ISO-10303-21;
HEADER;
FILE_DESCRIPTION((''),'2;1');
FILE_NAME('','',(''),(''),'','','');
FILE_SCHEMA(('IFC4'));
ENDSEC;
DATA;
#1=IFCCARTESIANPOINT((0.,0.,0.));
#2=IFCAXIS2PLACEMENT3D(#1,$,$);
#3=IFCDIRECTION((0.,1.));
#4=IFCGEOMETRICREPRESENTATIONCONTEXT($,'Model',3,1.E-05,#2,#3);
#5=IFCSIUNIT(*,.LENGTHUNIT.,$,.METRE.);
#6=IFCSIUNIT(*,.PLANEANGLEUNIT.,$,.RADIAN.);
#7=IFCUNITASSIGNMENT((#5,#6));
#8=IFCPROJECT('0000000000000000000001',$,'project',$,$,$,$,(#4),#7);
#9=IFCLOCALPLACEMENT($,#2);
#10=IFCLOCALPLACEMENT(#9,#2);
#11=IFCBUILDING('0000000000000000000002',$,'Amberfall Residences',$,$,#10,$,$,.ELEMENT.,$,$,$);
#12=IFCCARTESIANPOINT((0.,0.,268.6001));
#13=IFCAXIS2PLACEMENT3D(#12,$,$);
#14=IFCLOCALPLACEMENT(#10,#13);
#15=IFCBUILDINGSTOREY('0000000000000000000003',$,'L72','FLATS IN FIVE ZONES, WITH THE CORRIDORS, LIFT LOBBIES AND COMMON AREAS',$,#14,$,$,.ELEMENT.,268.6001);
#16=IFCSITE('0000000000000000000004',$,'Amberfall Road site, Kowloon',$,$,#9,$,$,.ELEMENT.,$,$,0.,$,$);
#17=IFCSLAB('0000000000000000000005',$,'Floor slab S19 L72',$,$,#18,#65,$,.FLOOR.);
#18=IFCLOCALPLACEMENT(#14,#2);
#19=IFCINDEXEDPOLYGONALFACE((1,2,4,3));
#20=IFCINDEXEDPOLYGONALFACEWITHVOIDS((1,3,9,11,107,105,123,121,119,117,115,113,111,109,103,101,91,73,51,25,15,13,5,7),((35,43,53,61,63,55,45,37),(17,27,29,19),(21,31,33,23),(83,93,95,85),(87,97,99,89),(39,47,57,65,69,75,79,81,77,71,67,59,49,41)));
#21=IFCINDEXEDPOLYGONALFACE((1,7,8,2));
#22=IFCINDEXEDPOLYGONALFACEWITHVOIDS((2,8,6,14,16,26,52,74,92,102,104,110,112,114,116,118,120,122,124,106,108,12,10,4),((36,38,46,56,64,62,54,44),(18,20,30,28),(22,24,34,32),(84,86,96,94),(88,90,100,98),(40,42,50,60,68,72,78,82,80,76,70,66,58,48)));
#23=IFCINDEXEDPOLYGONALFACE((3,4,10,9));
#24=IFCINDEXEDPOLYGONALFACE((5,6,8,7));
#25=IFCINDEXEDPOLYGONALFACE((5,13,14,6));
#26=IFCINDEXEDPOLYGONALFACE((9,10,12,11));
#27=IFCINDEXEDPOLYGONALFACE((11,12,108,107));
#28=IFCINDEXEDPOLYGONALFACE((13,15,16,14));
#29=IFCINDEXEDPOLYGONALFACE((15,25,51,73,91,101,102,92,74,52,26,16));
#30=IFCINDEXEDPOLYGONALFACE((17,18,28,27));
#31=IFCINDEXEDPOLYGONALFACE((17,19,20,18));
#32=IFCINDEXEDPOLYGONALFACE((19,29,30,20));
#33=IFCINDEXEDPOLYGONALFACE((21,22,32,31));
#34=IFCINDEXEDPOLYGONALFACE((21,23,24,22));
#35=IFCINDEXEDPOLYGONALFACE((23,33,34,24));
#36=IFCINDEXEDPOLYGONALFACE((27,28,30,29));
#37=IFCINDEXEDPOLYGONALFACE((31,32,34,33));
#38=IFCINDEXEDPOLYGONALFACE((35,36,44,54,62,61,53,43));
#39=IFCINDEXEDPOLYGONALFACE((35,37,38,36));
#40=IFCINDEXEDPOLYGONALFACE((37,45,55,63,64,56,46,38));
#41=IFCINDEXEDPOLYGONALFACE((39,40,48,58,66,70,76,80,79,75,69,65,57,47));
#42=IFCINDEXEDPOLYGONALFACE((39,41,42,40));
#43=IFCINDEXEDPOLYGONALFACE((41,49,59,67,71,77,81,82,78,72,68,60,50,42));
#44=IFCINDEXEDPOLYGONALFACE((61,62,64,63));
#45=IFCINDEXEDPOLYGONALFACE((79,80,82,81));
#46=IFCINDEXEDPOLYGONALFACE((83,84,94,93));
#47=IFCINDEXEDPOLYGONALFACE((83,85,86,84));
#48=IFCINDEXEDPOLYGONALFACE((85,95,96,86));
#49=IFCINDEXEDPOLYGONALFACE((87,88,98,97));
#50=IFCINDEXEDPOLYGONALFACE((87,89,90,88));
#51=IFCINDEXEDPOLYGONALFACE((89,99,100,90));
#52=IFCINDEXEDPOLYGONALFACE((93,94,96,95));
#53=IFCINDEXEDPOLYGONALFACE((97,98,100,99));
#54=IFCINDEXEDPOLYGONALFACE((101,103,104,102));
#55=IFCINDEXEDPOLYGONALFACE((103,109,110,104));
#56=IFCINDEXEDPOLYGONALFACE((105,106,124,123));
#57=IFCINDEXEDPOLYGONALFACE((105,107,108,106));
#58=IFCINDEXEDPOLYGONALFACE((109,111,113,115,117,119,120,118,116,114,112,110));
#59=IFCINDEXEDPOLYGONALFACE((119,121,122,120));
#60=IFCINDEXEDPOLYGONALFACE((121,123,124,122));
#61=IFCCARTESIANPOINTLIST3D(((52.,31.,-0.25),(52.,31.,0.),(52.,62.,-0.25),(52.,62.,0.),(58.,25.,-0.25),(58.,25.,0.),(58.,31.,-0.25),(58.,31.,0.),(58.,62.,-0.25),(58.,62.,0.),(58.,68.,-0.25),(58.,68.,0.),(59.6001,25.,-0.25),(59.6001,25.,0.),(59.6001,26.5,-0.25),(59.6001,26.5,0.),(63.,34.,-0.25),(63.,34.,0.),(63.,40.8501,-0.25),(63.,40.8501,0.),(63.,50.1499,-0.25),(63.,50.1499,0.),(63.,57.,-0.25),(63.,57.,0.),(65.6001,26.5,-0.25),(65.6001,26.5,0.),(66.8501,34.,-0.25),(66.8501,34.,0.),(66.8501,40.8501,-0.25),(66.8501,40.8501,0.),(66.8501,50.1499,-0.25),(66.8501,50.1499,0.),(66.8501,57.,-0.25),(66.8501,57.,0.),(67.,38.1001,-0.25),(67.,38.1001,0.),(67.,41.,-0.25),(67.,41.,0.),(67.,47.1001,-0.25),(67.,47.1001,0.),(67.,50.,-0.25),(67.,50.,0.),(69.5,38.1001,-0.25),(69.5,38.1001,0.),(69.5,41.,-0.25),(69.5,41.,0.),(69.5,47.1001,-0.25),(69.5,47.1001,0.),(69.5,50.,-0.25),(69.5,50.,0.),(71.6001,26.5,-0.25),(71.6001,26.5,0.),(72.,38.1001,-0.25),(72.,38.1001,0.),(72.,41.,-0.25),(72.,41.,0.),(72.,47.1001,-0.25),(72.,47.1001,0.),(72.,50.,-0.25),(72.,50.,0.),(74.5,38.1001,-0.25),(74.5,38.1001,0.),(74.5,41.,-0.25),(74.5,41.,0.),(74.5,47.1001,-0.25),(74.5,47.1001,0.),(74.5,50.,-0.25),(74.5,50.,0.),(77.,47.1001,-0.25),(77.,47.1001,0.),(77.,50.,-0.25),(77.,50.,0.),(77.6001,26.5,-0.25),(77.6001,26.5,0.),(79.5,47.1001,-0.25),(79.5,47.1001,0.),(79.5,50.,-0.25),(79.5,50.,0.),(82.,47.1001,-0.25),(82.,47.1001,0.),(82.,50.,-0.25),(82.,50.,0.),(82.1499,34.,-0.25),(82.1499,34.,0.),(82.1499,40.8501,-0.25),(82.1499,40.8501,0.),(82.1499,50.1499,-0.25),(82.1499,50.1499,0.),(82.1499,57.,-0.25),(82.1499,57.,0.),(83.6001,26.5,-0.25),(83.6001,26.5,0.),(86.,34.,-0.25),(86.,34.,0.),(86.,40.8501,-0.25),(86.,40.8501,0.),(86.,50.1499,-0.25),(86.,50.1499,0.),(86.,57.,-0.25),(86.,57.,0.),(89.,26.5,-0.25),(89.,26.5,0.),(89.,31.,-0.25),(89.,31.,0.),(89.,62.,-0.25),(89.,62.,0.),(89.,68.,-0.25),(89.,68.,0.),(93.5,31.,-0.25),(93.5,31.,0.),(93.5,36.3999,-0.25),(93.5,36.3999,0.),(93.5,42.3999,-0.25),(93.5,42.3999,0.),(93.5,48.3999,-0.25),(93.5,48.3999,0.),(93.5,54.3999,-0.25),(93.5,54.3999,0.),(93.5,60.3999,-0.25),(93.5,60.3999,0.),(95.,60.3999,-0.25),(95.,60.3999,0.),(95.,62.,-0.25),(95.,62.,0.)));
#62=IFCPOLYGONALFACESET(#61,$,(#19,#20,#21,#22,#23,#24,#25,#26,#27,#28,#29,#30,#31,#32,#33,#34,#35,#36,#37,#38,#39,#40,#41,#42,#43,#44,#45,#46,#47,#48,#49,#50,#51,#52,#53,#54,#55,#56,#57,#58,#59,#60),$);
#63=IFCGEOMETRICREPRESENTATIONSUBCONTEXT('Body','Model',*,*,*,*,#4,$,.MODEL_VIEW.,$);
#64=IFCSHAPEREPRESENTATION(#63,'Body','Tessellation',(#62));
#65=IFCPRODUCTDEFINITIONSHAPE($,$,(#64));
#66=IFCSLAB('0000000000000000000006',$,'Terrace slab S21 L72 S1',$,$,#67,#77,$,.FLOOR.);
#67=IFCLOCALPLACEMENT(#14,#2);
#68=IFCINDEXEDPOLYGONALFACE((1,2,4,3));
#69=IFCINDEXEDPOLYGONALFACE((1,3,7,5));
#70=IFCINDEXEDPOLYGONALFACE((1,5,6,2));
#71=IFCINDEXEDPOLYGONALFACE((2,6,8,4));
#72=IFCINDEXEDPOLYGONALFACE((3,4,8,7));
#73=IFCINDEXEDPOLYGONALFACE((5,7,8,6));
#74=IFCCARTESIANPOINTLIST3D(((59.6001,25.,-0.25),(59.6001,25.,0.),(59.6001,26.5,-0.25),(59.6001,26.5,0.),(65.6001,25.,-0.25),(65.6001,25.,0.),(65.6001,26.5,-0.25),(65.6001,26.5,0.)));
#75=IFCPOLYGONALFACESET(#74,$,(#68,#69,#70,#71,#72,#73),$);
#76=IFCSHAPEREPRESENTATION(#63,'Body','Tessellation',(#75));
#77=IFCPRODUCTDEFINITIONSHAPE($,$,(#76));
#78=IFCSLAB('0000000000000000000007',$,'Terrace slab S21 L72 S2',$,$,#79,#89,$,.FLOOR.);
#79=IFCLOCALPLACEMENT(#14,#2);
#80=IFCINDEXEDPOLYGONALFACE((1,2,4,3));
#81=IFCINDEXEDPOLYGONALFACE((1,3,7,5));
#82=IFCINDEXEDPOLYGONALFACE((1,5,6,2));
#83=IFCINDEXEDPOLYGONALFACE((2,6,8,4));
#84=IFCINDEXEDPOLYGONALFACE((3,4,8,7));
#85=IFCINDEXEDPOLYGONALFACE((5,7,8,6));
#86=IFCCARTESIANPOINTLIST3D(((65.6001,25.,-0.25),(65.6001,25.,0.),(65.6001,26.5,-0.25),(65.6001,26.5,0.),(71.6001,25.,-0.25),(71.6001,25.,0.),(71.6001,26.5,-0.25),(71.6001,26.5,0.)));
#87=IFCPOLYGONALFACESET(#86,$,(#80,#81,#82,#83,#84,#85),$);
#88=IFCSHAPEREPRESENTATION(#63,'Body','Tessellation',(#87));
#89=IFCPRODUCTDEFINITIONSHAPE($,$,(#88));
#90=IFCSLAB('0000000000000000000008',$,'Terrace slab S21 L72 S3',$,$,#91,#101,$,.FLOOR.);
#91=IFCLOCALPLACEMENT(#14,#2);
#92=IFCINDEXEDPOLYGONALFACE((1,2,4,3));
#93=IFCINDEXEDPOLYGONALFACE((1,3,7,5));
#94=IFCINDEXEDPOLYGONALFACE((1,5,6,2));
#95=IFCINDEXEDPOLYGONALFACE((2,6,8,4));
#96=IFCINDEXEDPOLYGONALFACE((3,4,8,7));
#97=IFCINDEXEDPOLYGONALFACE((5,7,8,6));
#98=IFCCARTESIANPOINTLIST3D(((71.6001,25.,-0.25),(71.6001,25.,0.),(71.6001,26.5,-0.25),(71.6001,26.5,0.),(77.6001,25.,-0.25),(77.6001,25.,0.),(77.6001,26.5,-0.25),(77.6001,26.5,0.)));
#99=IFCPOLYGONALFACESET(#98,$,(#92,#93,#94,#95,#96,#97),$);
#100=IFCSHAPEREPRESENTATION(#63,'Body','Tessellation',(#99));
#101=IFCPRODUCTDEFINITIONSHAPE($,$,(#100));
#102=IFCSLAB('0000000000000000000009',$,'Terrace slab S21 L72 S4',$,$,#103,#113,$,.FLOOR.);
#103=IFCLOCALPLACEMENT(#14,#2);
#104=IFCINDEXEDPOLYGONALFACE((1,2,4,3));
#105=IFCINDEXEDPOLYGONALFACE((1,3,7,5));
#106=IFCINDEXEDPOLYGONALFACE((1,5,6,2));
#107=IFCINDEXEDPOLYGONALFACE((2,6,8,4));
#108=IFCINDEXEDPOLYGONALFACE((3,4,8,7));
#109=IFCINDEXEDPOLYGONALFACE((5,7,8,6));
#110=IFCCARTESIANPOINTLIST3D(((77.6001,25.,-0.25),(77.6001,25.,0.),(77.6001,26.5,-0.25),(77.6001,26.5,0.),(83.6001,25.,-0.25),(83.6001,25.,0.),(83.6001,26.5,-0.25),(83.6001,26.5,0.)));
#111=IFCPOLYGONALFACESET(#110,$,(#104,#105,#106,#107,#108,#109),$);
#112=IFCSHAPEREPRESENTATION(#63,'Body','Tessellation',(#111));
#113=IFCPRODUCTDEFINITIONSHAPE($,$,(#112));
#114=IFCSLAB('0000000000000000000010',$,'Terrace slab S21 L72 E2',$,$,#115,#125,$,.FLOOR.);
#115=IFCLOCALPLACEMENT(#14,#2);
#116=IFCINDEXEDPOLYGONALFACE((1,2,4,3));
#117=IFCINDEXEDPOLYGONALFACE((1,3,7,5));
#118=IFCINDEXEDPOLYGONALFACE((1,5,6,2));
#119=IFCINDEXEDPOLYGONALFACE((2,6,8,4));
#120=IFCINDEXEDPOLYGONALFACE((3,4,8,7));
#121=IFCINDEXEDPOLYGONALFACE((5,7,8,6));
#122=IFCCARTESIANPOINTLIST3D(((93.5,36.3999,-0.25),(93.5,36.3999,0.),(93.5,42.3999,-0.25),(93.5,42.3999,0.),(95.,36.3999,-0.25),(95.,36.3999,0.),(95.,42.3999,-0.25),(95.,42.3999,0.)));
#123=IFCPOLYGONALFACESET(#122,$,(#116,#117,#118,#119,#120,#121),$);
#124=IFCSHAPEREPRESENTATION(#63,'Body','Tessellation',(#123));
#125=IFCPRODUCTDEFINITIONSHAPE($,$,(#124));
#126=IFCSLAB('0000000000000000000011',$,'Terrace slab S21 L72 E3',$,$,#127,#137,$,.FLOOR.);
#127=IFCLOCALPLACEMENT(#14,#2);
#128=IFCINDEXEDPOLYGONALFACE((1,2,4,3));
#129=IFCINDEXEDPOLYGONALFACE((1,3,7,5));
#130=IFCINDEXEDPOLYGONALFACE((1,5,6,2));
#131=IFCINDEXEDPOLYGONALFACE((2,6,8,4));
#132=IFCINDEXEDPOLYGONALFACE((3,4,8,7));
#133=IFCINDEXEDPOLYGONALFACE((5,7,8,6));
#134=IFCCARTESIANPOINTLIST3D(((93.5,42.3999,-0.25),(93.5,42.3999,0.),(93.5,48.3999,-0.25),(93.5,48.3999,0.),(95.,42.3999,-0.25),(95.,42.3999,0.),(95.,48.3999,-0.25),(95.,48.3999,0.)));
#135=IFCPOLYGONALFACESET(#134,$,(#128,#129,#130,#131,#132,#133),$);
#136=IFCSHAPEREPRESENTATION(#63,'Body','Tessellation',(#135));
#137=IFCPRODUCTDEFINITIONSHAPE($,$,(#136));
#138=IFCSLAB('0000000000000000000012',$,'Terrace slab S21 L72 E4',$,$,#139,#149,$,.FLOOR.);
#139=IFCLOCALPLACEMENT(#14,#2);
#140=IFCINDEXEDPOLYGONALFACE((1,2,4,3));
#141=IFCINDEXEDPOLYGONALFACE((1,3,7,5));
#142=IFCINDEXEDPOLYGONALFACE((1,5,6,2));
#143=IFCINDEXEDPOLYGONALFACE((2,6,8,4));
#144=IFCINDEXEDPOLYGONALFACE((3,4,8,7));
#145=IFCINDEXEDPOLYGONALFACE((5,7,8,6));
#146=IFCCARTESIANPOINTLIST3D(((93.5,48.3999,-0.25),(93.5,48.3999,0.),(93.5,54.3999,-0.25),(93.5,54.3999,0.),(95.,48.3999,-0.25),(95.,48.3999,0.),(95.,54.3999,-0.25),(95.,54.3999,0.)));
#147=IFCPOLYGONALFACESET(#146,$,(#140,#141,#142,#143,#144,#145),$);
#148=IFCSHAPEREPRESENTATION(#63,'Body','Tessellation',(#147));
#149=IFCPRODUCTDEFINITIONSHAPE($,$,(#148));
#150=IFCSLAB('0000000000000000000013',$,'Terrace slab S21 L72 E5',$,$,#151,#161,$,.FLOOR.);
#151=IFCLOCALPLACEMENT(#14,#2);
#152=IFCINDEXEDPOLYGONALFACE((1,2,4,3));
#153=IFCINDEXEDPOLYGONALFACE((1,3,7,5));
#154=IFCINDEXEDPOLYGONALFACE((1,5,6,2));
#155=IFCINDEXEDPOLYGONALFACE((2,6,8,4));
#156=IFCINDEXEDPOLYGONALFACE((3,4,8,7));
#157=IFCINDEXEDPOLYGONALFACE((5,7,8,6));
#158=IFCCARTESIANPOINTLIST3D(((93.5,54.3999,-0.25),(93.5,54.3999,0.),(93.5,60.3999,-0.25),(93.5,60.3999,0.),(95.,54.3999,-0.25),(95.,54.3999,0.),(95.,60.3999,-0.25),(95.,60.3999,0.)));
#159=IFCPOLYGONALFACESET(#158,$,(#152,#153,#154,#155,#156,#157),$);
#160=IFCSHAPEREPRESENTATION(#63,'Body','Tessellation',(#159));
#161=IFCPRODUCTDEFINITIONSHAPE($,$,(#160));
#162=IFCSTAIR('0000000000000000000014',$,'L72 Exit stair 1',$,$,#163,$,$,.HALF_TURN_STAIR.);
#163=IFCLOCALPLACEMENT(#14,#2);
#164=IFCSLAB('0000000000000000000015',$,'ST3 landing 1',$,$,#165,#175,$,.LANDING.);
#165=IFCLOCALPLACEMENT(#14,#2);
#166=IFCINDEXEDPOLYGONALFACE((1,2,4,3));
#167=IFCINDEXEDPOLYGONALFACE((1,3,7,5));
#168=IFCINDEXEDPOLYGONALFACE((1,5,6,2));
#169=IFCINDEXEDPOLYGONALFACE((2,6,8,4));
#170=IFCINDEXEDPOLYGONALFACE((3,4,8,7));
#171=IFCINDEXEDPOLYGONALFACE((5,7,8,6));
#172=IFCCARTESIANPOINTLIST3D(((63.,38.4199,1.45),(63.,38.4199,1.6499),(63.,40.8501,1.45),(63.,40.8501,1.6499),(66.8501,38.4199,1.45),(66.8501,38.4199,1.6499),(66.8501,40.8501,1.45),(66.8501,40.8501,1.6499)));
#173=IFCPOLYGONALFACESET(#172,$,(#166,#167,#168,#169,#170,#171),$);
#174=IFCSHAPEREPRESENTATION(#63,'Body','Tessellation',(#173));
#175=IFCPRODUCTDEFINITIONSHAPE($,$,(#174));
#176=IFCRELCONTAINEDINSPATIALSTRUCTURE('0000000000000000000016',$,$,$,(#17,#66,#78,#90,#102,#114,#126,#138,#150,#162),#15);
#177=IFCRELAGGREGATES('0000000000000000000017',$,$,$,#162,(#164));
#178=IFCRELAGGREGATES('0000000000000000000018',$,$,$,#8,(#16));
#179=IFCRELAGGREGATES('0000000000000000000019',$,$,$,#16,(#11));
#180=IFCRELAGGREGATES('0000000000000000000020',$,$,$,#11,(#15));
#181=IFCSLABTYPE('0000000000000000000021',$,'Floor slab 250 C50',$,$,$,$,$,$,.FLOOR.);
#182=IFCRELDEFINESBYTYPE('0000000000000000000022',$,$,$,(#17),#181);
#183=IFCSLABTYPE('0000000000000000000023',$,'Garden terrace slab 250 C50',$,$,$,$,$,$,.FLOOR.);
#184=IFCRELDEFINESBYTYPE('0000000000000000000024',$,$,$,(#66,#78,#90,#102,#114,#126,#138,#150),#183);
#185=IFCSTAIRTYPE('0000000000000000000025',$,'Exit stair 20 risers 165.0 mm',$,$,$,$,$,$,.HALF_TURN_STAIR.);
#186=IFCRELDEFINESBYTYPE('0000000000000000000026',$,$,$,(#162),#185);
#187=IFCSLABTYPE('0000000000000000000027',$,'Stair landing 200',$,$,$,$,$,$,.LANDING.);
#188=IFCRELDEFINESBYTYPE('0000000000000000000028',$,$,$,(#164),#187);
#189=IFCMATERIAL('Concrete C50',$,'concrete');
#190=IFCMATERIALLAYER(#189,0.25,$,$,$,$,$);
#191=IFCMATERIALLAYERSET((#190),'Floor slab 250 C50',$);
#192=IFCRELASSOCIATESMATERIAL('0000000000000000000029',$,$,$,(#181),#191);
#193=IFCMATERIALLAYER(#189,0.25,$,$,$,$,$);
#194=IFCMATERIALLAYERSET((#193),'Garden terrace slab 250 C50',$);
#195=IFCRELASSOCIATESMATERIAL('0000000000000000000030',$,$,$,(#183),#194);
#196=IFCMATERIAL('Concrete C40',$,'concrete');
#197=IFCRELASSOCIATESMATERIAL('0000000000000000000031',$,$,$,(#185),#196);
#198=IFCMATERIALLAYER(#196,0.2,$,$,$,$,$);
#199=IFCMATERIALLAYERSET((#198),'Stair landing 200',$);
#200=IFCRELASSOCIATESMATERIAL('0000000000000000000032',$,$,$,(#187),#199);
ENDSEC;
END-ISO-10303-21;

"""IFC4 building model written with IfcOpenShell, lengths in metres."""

from ifc_helpers import new_model, si_unit, direction, frame, origin, place, context, subcontext, project, spatial, polyline, outline, extrude, material, layer, layer_set, type_object, element, aggregate, save


model = new_model("IFC4")

# Units and contexts
model_context = context("Model", 3, precision=1e-05, world=origin(), true_north=direction((0.0, 1.0)))
body_context = subcontext(model_context, "Body", "Model", "MODEL_VIEW")
ifc_project = project(units=[si_unit("LENGTHUNIT", "METRE"), si_unit("PLANEANGLEUNIT", "RADIAN")], contexts=[model_context])

# Site, building, storey
site_placement = place(None, origin())
site = spatial("IfcSite", under=ifc_project, at=site_placement, Name="Amberfall Road site, Kowloon", CompositionType="ELEMENT", RefElevation=0.0)
building_placement = place(site_placement, origin())
building = spatial("IfcBuilding", under=site, at=building_placement, Name="Amberfall Residences", CompositionType="ELEMENT")
storey_placement = place(building_placement, frame((0.0, 0.0, 268.6001)))
storey = spatial("IfcBuildingStorey", under=building, at=storey_placement, Name="L72", Description="FLATS IN FIVE ZONES, WITH THE CORRIDORS, LIFT LOBBIES AND COMMON AREAS", CompositionType="ELEMENT", Elevation=268.6001)

# Slabs
ifc_material_1 = material(Name="Concrete C50", Category="concrete")
ifc_layer_1 = layer(ifc_material_1, 0.25)
ifc_layer_set_1 = layer_set([ifc_layer_1], Name="Floor slab 250 C50")
slab_type_1 = type_object("IfcSlabType", Name="Floor slab 250 C50", PredefinedType="FLOOR", material=ifc_layer_set_1)
slab_1_placement = place(storey_placement, frame((0.0, 0.0, -0.25)))
element("IfcSlab", 1, at=slab_1_placement, inside=storey, type_object=slab_type_1, Name="Floor slab S19 L72", PredefinedType="FLOOR", context=body_context, shape_type="SweptSolid", body=[
    extrude(outline(polyline([(83.6001, 26.5), (77.6001, 26.5), (71.6001, 26.5), (65.6001, 26.5), (59.6001, 26.5), (59.6001, 25.0), (58.0, 25.0), (58.0, 31.0), (52.0, 31.0), (52.0, 62.0), (58.0, 62.0), (58.0, 68.0), (89.0, 68.0), (89.0, 62.0), (95.0, 62.0), (95.0, 60.3999), (93.5, 60.3999), (93.5, 54.3999), (93.5, 48.3999), (93.5, 42.3999), (93.5, 36.3999), (93.5, 31.0), (89.0, 31.0), (89.0, 26.5), (83.6001, 26.5)]), holes=[polyline([(86.0, 34.0), (86.0, 40.8501), (82.1499, 40.8501), (82.1499, 34.0), (86.0, 34.0)]), polyline([(86.0, 50.1499), (86.0, 57.0), (82.1499, 57.0), (82.1499, 50.1499), (86.0, 50.1499)]), polyline([(67.0, 50.0), (67.0, 47.1001), (69.5, 47.1001), (72.0, 47.1001), (74.5, 47.1001), (77.0, 47.1001), (79.5, 47.1001), (82.0, 47.1001), (82.0, 50.0), (79.5, 50.0), (77.0, 50.0), (74.5, 50.0), (72.0, 50.0), (69.5, 50.0), (67.0, 50.0)]), polyline([(69.5, 41.0), (67.0, 41.0), (67.0, 38.1001), (69.5, 38.1001), (72.0, 38.1001), (74.5, 38.1001), (74.5, 41.0), (72.0, 41.0), (69.5, 41.0)]), polyline([(66.8501, 40.8501), (63.0, 40.8501), (63.0, 34.0), (66.8501, 34.0), (66.8501, 40.8501)]), polyline([(66.8501, 57.0), (63.0, 57.0), (63.0, 50.1499), (66.8501, 50.1499), (66.8501, 57.0)])]), origin(), (0.0, 0.0, 1.0), 0.25),
])
ifc_layer_2 = layer(ifc_material_1, 0.25)
ifc_layer_set_2 = layer_set([ifc_layer_2], Name="Garden terrace slab 250 C50")
slab_type_2 = type_object("IfcSlabType", Name="Garden terrace slab 250 C50", PredefinedType="FLOOR", material=ifc_layer_set_2)
slab_2_placement = place(storey_placement, frame((0.0, 0.0, -0.25)))
element("IfcSlab", 2, at=slab_2_placement, inside=storey, type_object=slab_type_2, Name="Terrace slab S21 L72 S1", PredefinedType="FLOOR", context=body_context, shape_type="SweptSolid", body=[
    extrude(outline(polyline([(65.6001, 25.0), (65.6001, 26.5), (59.6001, 26.5), (59.6001, 25.0), (65.6001, 25.0)])), origin(), (0.0, 0.0, 1.0), 0.25),
])
slab_3_placement = place(storey_placement, frame((0.0, 0.0, -0.25)))
element("IfcSlab", 3, at=slab_3_placement, inside=storey, type_object=slab_type_2, Name="Terrace slab S21 L72 S2", PredefinedType="FLOOR", context=body_context, shape_type="SweptSolid", body=[
    extrude(outline(polyline([(71.6001, 25.0), (71.6001, 26.5), (65.6001, 26.5), (65.6001, 25.0), (71.6001, 25.0)])), origin(), (0.0, 0.0, 1.0), 0.25),
])
slab_4_placement = place(storey_placement, frame((0.0, 0.0, -0.25)))
element("IfcSlab", 4, at=slab_4_placement, inside=storey, type_object=slab_type_2, Name="Terrace slab S21 L72 S3", PredefinedType="FLOOR", context=body_context, shape_type="SweptSolid", body=[
    extrude(outline(polyline([(77.6001, 25.0), (77.6001, 26.5), (71.6001, 26.5), (71.6001, 25.0), (77.6001, 25.0)])), origin(), (0.0, 0.0, 1.0), 0.25),
])
slab_5_placement = place(storey_placement, frame((0.0, 0.0, -0.25)))
element("IfcSlab", 5, at=slab_5_placement, inside=storey, type_object=slab_type_2, Name="Terrace slab S21 L72 S4", PredefinedType="FLOOR", context=body_context, shape_type="SweptSolid", body=[
    extrude(outline(polyline([(83.6001, 25.0), (83.6001, 26.5), (77.6001, 26.5), (77.6001, 25.0), (83.6001, 25.0)])), origin(), (0.0, 0.0, 1.0), 0.25),
])
slab_6_placement = place(storey_placement, frame((0.0, 0.0, -0.25)))
element("IfcSlab", 6, at=slab_6_placement, inside=storey, type_object=slab_type_2, Name="Terrace slab S21 L72 E2", PredefinedType="FLOOR", context=body_context, shape_type="SweptSolid", body=[
    extrude(outline(polyline([(95.0, 36.3999), (95.0, 42.3999), (93.5, 42.3999), (93.5, 36.3999), (95.0, 36.3999)])), origin(), (0.0, 0.0, 1.0), 0.25),
])
slab_7_placement = place(storey_placement, frame((0.0, 0.0, -0.25)))
element("IfcSlab", 7, at=slab_7_placement, inside=storey, type_object=slab_type_2, Name="Terrace slab S21 L72 E3", PredefinedType="FLOOR", context=body_context, shape_type="SweptSolid", body=[
    extrude(outline(polyline([(95.0, 42.3999), (95.0, 48.3999), (93.5, 48.3999), (93.5, 42.3999), (95.0, 42.3999)])), origin(), (0.0, 0.0, 1.0), 0.25),
])
slab_8_placement = place(storey_placement, frame((0.0, 0.0, -0.25)))
element("IfcSlab", 8, at=slab_8_placement, inside=storey, type_object=slab_type_2, Name="Terrace slab S21 L72 E4", PredefinedType="FLOOR", context=body_context, shape_type="SweptSolid", body=[
    extrude(outline(polyline([(95.0, 48.3999), (95.0, 54.3999), (93.5, 54.3999), (93.5, 48.3999), (95.0, 48.3999)])), origin(), (0.0, 0.0, 1.0), 0.25),
])
slab_9_placement = place(storey_placement, frame((0.0, 0.0, -0.25)))
element("IfcSlab", 9, at=slab_9_placement, inside=storey, type_object=slab_type_2, Name="Terrace slab S21 L72 E5", PredefinedType="FLOOR", context=body_context, shape_type="SweptSolid", body=[
    extrude(outline(polyline([(95.0, 54.3999), (95.0, 60.3999), (93.5, 60.3999), (93.5, 54.3999), (95.0, 54.3999)])), origin(), (0.0, 0.0, 1.0), 0.25),
])

# Stair, slab
ifc_material_2 = material(Name="Concrete C40", Category="concrete")
stair_type = type_object("IfcStairType", Name="Exit stair 20 risers 165.0 mm", PredefinedType="HALF_TURN_STAIR", material=ifc_material_2)
stair_1_placement = place(storey_placement, origin())
stair_1 = element("IfcStair", 10, at=stair_1_placement, inside=storey, type_object=stair_type, Name="L72 Exit stair 1", PredefinedType="HALF_TURN_STAIR")
ifc_layer_3 = layer(ifc_material_2, 0.2)
ifc_layer_set_3 = layer_set([ifc_layer_3], Name="Stair landing 200")
slab_type_3 = type_object("IfcSlabType", Name="Stair landing 200", PredefinedType="LANDING", material=ifc_layer_set_3)
slab_10_placement = place(storey_placement, frame((0.0, 0.0, 1.45)))
slab_10 = element("IfcSlab", 11, at=slab_10_placement, type_object=slab_type_3, Name="ST3 landing 1", PredefinedType="LANDING", context=body_context, shape_type="SweptSolid", body=[
    extrude(outline(polyline([(66.8501, 38.4199), (66.8501, 40.8501), (63.0, 40.8501), (63.0, 38.4199), (66.8501, 38.4199)])), origin(), (0.0, 0.0, 1.0), 0.2),
])
aggregate(stair_1, [slab_10])

save(model, "model.ifc")
